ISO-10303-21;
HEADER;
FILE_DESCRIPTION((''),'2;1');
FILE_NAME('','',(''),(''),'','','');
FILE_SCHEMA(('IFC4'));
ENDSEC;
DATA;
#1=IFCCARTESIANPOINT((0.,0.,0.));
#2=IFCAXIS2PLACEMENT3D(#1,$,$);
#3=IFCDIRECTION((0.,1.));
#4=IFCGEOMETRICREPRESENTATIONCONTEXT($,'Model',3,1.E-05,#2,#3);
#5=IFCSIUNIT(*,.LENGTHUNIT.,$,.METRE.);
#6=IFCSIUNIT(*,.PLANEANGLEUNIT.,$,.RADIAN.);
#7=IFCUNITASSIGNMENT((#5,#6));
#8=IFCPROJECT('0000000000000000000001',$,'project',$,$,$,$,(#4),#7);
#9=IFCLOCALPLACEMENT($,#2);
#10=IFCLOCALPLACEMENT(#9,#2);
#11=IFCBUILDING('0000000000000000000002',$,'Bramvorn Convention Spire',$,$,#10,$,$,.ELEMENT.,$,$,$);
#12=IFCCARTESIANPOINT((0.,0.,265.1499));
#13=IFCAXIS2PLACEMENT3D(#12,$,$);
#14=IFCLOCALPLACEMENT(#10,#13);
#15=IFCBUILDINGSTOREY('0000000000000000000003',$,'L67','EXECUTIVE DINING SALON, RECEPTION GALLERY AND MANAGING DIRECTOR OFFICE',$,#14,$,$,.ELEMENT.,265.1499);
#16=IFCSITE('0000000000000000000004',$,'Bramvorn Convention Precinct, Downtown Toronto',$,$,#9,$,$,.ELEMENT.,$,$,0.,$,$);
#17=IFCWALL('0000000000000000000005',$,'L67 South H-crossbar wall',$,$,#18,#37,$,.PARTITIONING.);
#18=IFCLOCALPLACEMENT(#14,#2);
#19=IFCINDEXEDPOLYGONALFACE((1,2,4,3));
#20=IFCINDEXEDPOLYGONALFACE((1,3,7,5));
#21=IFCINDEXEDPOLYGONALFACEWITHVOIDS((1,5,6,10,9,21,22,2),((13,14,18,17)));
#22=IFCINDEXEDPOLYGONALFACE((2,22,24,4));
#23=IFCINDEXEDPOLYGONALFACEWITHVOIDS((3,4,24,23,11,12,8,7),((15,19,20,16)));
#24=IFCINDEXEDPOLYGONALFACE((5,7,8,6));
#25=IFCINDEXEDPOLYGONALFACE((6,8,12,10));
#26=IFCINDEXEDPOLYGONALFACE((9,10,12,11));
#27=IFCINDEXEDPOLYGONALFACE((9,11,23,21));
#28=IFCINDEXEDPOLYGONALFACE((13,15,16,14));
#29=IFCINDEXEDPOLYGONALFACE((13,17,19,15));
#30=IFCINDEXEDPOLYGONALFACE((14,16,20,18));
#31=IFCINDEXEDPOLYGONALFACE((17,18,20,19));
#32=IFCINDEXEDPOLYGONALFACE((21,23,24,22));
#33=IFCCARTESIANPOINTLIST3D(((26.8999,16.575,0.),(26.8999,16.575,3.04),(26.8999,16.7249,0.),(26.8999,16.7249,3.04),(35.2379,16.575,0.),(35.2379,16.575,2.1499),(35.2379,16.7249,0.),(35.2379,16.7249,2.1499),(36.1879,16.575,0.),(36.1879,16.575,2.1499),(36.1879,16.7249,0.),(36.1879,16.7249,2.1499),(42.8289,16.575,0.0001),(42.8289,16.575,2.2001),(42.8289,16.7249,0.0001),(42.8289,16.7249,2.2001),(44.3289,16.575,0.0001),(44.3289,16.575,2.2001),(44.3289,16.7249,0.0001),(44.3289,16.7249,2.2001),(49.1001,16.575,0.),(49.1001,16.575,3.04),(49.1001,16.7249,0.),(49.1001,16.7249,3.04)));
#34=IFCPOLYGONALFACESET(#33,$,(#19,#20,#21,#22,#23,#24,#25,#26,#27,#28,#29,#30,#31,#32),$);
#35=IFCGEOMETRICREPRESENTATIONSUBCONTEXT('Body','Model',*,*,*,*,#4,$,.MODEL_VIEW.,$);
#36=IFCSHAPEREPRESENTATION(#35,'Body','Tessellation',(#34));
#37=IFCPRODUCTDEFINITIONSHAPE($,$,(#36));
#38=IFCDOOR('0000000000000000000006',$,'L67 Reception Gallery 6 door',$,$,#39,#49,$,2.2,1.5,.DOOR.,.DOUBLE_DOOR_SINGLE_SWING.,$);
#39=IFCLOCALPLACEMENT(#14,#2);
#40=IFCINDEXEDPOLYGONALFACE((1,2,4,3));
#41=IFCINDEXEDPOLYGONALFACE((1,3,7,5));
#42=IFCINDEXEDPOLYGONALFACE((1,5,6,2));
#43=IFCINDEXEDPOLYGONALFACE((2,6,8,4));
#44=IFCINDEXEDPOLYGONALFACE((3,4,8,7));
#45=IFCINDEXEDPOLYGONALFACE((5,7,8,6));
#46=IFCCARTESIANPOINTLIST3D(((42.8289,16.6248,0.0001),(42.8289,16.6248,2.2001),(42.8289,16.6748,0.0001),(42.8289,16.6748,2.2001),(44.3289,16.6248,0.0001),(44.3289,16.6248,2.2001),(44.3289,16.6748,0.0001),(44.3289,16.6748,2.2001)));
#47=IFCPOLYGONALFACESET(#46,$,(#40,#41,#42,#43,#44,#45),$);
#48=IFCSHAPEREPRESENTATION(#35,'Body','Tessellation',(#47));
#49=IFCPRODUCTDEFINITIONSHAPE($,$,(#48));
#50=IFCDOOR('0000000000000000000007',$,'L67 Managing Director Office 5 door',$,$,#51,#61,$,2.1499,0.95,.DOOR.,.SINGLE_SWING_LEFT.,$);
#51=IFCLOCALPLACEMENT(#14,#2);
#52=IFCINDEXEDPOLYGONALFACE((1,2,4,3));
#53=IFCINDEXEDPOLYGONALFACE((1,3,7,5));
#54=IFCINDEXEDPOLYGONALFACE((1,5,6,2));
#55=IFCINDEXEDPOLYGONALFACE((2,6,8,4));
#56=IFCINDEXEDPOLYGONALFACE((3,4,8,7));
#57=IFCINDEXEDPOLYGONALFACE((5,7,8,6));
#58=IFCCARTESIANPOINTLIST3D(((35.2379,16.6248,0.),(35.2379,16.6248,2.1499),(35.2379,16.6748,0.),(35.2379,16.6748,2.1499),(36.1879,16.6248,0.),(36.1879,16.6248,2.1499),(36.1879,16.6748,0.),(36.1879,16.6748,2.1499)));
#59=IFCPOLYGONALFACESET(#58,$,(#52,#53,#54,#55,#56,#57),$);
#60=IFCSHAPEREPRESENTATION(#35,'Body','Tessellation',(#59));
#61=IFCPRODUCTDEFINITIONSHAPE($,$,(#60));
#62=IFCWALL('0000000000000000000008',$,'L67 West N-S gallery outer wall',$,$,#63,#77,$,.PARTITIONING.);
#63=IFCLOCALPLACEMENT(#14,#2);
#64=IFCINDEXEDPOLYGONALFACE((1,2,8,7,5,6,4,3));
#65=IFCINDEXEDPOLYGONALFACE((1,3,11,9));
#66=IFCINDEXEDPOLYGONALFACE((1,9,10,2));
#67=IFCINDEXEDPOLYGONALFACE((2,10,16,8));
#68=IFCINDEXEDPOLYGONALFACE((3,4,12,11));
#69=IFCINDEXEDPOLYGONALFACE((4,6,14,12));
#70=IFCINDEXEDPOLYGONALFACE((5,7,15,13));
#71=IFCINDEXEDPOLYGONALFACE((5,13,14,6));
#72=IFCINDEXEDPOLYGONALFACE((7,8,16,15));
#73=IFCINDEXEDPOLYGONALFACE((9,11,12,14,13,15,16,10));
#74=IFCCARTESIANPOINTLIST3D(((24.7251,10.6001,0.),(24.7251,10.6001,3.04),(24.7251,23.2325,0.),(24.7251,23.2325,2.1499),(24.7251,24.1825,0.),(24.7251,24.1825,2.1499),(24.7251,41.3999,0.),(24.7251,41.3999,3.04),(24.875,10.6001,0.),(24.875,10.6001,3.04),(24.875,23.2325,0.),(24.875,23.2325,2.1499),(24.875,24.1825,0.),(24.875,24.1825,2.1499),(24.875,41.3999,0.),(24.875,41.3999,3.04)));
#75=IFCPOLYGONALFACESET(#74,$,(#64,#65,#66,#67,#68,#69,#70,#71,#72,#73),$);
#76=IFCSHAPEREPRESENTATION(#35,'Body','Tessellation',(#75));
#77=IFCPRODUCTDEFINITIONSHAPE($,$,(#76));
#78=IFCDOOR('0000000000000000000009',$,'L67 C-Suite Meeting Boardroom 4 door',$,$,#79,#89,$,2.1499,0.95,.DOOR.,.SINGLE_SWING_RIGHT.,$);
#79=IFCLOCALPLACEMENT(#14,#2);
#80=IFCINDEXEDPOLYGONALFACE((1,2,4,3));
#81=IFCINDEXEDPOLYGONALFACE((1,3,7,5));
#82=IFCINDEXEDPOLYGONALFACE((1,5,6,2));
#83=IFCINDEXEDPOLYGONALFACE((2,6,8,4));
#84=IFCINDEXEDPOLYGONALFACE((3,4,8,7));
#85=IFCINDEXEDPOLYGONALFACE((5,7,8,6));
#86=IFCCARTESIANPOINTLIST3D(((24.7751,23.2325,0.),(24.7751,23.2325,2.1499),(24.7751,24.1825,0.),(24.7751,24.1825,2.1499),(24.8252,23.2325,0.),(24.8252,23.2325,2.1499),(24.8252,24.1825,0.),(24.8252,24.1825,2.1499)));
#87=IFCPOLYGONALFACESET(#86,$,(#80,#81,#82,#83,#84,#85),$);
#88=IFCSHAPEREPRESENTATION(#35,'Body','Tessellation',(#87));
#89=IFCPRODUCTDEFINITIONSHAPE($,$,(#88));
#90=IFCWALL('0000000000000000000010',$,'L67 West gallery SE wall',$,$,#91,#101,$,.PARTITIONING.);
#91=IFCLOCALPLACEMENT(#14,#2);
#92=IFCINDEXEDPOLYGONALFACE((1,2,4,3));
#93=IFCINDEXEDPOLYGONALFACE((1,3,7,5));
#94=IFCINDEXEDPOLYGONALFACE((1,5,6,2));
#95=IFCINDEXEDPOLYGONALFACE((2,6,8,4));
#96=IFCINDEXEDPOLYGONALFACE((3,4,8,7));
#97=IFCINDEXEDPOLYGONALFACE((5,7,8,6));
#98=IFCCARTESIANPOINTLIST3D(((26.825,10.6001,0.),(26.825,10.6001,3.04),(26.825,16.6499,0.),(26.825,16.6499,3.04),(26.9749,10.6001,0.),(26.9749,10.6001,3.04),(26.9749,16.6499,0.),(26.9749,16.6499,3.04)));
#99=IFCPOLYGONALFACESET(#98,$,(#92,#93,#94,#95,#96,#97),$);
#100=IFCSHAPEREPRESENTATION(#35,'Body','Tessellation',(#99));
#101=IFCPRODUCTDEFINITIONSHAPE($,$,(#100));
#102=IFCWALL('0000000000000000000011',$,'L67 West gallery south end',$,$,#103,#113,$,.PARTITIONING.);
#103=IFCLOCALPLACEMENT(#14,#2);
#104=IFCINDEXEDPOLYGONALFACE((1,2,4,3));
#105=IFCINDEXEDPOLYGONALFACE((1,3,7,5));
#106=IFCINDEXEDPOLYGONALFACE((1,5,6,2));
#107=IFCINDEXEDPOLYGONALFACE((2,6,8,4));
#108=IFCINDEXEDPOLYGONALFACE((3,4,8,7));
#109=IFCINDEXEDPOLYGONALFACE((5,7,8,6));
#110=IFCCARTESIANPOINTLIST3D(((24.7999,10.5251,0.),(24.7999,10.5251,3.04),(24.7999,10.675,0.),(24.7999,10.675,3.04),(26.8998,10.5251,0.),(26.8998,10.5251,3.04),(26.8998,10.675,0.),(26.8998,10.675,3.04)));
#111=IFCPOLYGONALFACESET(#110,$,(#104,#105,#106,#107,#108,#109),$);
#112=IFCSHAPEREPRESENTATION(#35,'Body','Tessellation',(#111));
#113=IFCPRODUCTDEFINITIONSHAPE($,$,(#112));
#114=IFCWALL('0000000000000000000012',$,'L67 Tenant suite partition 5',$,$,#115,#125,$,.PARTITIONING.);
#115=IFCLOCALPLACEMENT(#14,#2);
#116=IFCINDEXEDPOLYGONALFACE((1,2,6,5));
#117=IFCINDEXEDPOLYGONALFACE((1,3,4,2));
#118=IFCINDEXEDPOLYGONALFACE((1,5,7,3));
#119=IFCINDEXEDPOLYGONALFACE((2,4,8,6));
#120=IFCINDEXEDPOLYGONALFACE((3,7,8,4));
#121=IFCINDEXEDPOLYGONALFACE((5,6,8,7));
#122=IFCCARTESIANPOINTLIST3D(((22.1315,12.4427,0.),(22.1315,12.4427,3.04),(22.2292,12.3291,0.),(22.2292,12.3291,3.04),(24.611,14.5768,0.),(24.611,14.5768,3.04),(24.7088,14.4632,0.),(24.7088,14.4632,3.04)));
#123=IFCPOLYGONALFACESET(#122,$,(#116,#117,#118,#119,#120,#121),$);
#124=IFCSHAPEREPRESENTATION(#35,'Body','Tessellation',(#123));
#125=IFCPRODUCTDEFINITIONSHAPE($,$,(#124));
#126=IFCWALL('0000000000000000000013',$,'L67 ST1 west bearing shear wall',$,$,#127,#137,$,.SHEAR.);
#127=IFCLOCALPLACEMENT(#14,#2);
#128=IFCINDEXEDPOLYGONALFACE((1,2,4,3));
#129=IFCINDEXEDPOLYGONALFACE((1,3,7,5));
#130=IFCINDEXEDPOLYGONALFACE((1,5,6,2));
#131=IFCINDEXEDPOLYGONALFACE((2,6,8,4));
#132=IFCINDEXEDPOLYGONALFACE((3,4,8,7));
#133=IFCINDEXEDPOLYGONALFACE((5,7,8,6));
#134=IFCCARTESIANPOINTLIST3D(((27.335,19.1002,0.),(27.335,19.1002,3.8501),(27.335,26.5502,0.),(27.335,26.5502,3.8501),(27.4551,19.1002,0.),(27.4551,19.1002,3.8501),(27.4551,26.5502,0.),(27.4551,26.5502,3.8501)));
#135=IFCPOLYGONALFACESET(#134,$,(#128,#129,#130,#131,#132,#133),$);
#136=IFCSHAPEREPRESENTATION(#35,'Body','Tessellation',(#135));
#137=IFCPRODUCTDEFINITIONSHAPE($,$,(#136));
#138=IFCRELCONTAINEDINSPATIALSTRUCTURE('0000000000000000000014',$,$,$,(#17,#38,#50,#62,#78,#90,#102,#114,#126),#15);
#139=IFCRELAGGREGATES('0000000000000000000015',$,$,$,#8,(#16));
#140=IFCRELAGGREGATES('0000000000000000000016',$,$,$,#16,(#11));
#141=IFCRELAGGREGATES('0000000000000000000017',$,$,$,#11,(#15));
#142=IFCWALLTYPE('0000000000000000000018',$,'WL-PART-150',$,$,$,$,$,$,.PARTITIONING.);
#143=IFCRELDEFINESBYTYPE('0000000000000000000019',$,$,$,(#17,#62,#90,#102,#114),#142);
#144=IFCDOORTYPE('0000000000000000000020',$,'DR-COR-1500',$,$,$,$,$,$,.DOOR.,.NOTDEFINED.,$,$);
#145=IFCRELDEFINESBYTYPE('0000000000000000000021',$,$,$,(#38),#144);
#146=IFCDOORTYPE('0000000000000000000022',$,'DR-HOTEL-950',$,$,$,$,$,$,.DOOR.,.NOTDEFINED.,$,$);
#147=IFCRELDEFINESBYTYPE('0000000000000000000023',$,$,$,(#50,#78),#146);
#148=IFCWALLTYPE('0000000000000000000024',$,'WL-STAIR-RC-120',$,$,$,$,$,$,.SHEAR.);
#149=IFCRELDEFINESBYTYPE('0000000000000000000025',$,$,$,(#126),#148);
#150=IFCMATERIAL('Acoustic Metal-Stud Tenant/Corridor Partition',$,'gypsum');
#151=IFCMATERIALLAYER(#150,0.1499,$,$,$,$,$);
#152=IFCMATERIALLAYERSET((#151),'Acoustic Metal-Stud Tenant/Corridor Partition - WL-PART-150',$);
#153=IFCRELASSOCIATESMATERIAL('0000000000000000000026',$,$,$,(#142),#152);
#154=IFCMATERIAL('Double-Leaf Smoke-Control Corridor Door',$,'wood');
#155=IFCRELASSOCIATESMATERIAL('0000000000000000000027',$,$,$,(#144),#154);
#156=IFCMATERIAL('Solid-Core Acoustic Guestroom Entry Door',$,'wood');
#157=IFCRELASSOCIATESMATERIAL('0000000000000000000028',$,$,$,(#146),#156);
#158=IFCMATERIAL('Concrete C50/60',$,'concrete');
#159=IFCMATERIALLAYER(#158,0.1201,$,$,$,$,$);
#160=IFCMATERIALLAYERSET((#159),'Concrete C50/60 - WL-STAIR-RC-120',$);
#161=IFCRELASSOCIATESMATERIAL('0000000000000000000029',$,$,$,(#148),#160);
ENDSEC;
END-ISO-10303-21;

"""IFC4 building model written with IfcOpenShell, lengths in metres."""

from ifc_helpers import new_model, si_unit, direction, frame, frame_2d, origin, place, context, subcontext, project, spatial, rectangle, extrude, material, layer, layer_set, type_object, element, fill, save


model = new_model("IFC4")

# Units and contexts
model_context = context("Model", 3, precision=1e-05, world=origin(), true_north=direction((0.0, 1.0)))
body_context = subcontext(model_context, "Body", "Model", "MODEL_VIEW")
ifc_project = project(units=[si_unit("LENGTHUNIT", "METRE"), si_unit("PLANEANGLEUNIT", "RADIAN")], contexts=[model_context])

# Site, building, storey
site_placement = place(None, origin())
site = spatial("IfcSite", under=ifc_project, at=site_placement, Name="Bramvorn Convention Precinct, Downtown Toronto", CompositionType="ELEMENT", RefElevation=0.0)
building_placement = place(site_placement, origin())
building = spatial("IfcBuilding", under=site, at=building_placement, Name="Bramvorn Convention Spire", CompositionType="ELEMENT")
storey_placement = place(building_placement, frame((0.0, 0.0, 265.1499)))
storey = spatial("IfcBuildingStorey", under=building, at=storey_placement, Name="L67", Description="EXECUTIVE DINING SALON, RECEPTION GALLERY AND MANAGING DIRECTOR OFFICE", CompositionType="ELEMENT", Elevation=265.1499)

# Shared definitions
ifc_material_1 = material(Name="Concrete C50/60", Category="concrete")

# Wall, openings, doors
ifc_material_2 = material(Name="Acoustic Metal-Stud Tenant/Corridor Partition", Category="gypsum")
ifc_layer_1 = layer(ifc_material_2, 0.1499)
ifc_layer_set_1 = layer_set([ifc_layer_1], Name="Acoustic Metal-Stud Tenant/Corridor Partition - WL-PART-150")
wall_type_1 = type_object("IfcWallType", Name="WL-PART-150", PredefinedType="PARTITIONING", material=ifc_layer_set_1)
wall_1_placement = place(storey_placement, frame((26.8999, 16.6499, 0.0), z_axis=(0.0, 0.0, 1.0), x_axis=(1.0, 0.0, 0.0)))
wall_1 = element("IfcWall", 1, at=wall_1_placement, inside=storey, type_object=wall_type_1, Name="L67 South H-crossbar wall", PredefinedType="PARTITIONING", context=body_context, shape_type="SweptSolid", body=[
    extrude(rectangle(XDim=22.2002, YDim=0.1499, at=frame_2d((11.1001, 0.0))), origin(), (0.0, 0.0, 1.0), 3.04),
])
opening_1_placement = place(wall_1_placement, frame((8.3379, 0.0, 0.0)))
opening_1 = element("IfcOpeningElement", 2, at=opening_1_placement, cuts=wall_1, PredefinedType="OPENING", context=body_context, shape_type="SweptSolid", body=[
    extrude(rectangle(XDim=0.95, YDim=2.1499, at=frame_2d((0.4751, 1.075))), frame((0.0, 0.085, 0.0), z_axis=(0.0, -1.0, 0.0), x_axis=(1.0, 0.0, 0.0)), (0.0, 0.0, 1.0), 0.1699),
])
opening_2_placement = place(wall_1_placement, frame((15.929, 0.0, 0.0)))
opening_2 = element("IfcOpeningElement", 3, at=opening_2_placement, cuts=wall_1, PredefinedType="OPENING", context=body_context, shape_type="SweptSolid", body=[
    extrude(rectangle(XDim=1.5, YDim=2.2, at=frame_2d((0.75, 1.1001))), frame((0.0, 0.085, 0.0), z_axis=(0.0, -1.0, 0.0), x_axis=(1.0, 0.0, 0.0)), (0.0, 0.0, 1.0), 0.1699),
])
ifc_material_3 = material(Name="Double-Leaf Smoke-Control Corridor Door", Category="wood")
door_type_1 = type_object("IfcDoorType", Name="DR-COR-1500", OperationType="NOTDEFINED", PredefinedType="DOOR", material=ifc_material_3)
door_1_placement = place(opening_2_placement, origin())
door_1 = element("IfcDoor", 4, at=door_1_placement, inside=storey, type_object=door_type_1, Name="L67 Reception Gallery 6 door", OperationType="DOUBLE_DOOR_SINGLE_SWING", OverallHeight=2.2, OverallWidth=1.5, PredefinedType="DOOR", context=body_context, shape_type="SweptSolid", body=[
    extrude(rectangle(XDim=1.5, YDim=2.2, at=frame_2d((0.75, 1.1001))), frame((0.0, 0.0249, 0.0), z_axis=(0.0, -1.0, 0.0), x_axis=(1.0, 0.0, 0.0)), (0.0, 0.0, 1.0), 0.05),
])
fill(opening_2, door_1)
ifc_material_4 = material(Name="Solid-Core Acoustic Guestroom Entry Door", Category="wood")
door_type_2 = type_object("IfcDoorType", Name="DR-HOTEL-950", OperationType="NOTDEFINED", PredefinedType="DOOR", material=ifc_material_4)
door_2_placement = place(opening_1_placement, origin())
door_2 = element("IfcDoor", 5, at=door_2_placement, inside=storey, type_object=door_type_2, Name="L67 Managing Director Office 5 door", OperationType="SINGLE_SWING_LEFT", OverallHeight=2.1499, OverallWidth=0.95, PredefinedType="DOOR", context=body_context, shape_type="SweptSolid", body=[
    extrude(rectangle(XDim=0.95, YDim=2.1499, at=frame_2d((0.4751, 1.075))), frame((0.0, 0.0249, 0.0), z_axis=(0.0, -1.0, 0.0), x_axis=(1.0, 0.0, 0.0)), (0.0, 0.0, 1.0), 0.05),
])
fill(opening_1, door_2)

# Wall, opening, door
wall_2_placement = place(storey_placement, frame((24.8, 10.6001, 0.0), z_axis=(0.0, 0.0, 1.0), x_axis=(0.0, 1.0, 0.0)))
wall_2 = element("IfcWall", 6, at=wall_2_placement, inside=storey, type_object=wall_type_1, Name="L67 West N-S gallery outer wall", PredefinedType="PARTITIONING", context=body_context, shape_type="SweptSolid", body=[
    extrude(rectangle(XDim=30.7998, YDim=0.1499, at=frame_2d((15.3999, 0.0))), origin(), (0.0, 0.0, 1.0), 3.04),
])
opening_3_placement = place(wall_2_placement, frame((12.6323, 0.0, 0.0)))
opening_3 = element("IfcOpeningElement", 7, at=opening_3_placement, cuts=wall_2, PredefinedType="OPENING", context=body_context, shape_type="SweptSolid", body=[
    extrude(rectangle(XDim=0.95, YDim=2.1499, at=frame_2d((0.4751, 1.075))), frame((0.0, 0.085, 0.0), z_axis=(0.0, -1.0, 0.0), x_axis=(1.0, 0.0, 0.0)), (0.0, 0.0, 1.0), 0.1699),
])
door_3_placement = place(opening_3_placement, origin())
door_3 = element("IfcDoor", 8, at=door_3_placement, inside=storey, type_object=door_type_2, Name="L67 C-Suite Meeting Boardroom 4 door", OperationType="SINGLE_SWING_RIGHT", OverallHeight=2.1499, OverallWidth=0.95, PredefinedType="DOOR", context=body_context, shape_type="SweptSolid", body=[
    extrude(rectangle(XDim=0.95, YDim=2.1499, at=frame_2d((0.4751, 1.075))), frame((0.0, 0.0249, 0.0), z_axis=(0.0, -1.0, 0.0), x_axis=(1.0, 0.0, 0.0)), (0.0, 0.0, 1.0), 0.05),
])
fill(opening_3, door_3)

# Walls
wall_3_placement = place(storey_placement, frame((26.8999, 10.6001, 0.0), z_axis=(0.0, 0.0, 1.0), x_axis=(0.0, 1.0, 0.0)))
element("IfcWall", 9, at=wall_3_placement, inside=storey, type_object=wall_type_1, Name="L67 West gallery SE wall", PredefinedType="PARTITIONING", context=body_context, shape_type="SweptSolid", body=[
    extrude(rectangle(XDim=6.0498, YDim=0.1499, at=frame_2d((3.0249, 0.0))), origin(), (0.0, 0.0, 1.0), 3.04),
])
wall_4_placement = place(storey_placement, frame((24.8, 10.6001, 0.0), z_axis=(0.0, 0.0, 1.0), x_axis=(1.0, 0.0, 0.0)))
element("IfcWall", 10, at=wall_4_placement, inside=storey, type_object=wall_type_1, Name="L67 West gallery south end", PredefinedType="PARTITIONING", context=body_context, shape_type="SweptSolid", body=[
    extrude(rectangle(XDim=2.0999, YDim=0.1499, at=frame_2d((1.0498, 0.0))), origin(), (0.0, 0.0, 1.0), 3.04),
])
wall_5_placement = place(storey_placement, frame((24.6599, 14.52, 0.0), z_axis=(0.0, 0.0, 1.0), x_axis=(-0.757933, -0.652333, 0.0)))
element("IfcWall", 11, at=wall_5_placement, inside=storey, type_object=wall_type_1, Name="L67 Tenant suite partition 5", PredefinedType="PARTITIONING", context=body_context, shape_type="SweptSolid", body=[
    extrude(rectangle(XDim=3.2715, YDim=0.1499, at=frame_2d((1.6357, 0.0))), origin(), (0.0, 0.0, 1.0), 3.04),
])
ifc_layer_2 = layer(ifc_material_1, 0.1201)
ifc_layer_set_2 = layer_set([ifc_layer_2], Name="Concrete C50/60 - WL-STAIR-RC-120")
wall_type_2 = type_object("IfcWallType", Name="WL-STAIR-RC-120", PredefinedType="SHEAR", material=ifc_layer_set_2)
wall_6_placement = place(storey_placement, frame((27.395, 19.1001, 0.0), z_axis=(0.0, 0.0, 1.0), x_axis=(0.0, 1.0, 0.0)))
element("IfcWall", 12, at=wall_6_placement, inside=storey, type_object=wall_type_2, Name="L67 ST1 west bearing shear wall", PredefinedType="SHEAR", context=body_context, shape_type="SweptSolid", body=[
    extrude(rectangle(XDim=7.45, YDim=0.1201, at=frame_2d((3.7251, 0.0))), origin(), (0.0, 0.0, 1.0), 3.8501),
])

save(model, "model.ifc")
